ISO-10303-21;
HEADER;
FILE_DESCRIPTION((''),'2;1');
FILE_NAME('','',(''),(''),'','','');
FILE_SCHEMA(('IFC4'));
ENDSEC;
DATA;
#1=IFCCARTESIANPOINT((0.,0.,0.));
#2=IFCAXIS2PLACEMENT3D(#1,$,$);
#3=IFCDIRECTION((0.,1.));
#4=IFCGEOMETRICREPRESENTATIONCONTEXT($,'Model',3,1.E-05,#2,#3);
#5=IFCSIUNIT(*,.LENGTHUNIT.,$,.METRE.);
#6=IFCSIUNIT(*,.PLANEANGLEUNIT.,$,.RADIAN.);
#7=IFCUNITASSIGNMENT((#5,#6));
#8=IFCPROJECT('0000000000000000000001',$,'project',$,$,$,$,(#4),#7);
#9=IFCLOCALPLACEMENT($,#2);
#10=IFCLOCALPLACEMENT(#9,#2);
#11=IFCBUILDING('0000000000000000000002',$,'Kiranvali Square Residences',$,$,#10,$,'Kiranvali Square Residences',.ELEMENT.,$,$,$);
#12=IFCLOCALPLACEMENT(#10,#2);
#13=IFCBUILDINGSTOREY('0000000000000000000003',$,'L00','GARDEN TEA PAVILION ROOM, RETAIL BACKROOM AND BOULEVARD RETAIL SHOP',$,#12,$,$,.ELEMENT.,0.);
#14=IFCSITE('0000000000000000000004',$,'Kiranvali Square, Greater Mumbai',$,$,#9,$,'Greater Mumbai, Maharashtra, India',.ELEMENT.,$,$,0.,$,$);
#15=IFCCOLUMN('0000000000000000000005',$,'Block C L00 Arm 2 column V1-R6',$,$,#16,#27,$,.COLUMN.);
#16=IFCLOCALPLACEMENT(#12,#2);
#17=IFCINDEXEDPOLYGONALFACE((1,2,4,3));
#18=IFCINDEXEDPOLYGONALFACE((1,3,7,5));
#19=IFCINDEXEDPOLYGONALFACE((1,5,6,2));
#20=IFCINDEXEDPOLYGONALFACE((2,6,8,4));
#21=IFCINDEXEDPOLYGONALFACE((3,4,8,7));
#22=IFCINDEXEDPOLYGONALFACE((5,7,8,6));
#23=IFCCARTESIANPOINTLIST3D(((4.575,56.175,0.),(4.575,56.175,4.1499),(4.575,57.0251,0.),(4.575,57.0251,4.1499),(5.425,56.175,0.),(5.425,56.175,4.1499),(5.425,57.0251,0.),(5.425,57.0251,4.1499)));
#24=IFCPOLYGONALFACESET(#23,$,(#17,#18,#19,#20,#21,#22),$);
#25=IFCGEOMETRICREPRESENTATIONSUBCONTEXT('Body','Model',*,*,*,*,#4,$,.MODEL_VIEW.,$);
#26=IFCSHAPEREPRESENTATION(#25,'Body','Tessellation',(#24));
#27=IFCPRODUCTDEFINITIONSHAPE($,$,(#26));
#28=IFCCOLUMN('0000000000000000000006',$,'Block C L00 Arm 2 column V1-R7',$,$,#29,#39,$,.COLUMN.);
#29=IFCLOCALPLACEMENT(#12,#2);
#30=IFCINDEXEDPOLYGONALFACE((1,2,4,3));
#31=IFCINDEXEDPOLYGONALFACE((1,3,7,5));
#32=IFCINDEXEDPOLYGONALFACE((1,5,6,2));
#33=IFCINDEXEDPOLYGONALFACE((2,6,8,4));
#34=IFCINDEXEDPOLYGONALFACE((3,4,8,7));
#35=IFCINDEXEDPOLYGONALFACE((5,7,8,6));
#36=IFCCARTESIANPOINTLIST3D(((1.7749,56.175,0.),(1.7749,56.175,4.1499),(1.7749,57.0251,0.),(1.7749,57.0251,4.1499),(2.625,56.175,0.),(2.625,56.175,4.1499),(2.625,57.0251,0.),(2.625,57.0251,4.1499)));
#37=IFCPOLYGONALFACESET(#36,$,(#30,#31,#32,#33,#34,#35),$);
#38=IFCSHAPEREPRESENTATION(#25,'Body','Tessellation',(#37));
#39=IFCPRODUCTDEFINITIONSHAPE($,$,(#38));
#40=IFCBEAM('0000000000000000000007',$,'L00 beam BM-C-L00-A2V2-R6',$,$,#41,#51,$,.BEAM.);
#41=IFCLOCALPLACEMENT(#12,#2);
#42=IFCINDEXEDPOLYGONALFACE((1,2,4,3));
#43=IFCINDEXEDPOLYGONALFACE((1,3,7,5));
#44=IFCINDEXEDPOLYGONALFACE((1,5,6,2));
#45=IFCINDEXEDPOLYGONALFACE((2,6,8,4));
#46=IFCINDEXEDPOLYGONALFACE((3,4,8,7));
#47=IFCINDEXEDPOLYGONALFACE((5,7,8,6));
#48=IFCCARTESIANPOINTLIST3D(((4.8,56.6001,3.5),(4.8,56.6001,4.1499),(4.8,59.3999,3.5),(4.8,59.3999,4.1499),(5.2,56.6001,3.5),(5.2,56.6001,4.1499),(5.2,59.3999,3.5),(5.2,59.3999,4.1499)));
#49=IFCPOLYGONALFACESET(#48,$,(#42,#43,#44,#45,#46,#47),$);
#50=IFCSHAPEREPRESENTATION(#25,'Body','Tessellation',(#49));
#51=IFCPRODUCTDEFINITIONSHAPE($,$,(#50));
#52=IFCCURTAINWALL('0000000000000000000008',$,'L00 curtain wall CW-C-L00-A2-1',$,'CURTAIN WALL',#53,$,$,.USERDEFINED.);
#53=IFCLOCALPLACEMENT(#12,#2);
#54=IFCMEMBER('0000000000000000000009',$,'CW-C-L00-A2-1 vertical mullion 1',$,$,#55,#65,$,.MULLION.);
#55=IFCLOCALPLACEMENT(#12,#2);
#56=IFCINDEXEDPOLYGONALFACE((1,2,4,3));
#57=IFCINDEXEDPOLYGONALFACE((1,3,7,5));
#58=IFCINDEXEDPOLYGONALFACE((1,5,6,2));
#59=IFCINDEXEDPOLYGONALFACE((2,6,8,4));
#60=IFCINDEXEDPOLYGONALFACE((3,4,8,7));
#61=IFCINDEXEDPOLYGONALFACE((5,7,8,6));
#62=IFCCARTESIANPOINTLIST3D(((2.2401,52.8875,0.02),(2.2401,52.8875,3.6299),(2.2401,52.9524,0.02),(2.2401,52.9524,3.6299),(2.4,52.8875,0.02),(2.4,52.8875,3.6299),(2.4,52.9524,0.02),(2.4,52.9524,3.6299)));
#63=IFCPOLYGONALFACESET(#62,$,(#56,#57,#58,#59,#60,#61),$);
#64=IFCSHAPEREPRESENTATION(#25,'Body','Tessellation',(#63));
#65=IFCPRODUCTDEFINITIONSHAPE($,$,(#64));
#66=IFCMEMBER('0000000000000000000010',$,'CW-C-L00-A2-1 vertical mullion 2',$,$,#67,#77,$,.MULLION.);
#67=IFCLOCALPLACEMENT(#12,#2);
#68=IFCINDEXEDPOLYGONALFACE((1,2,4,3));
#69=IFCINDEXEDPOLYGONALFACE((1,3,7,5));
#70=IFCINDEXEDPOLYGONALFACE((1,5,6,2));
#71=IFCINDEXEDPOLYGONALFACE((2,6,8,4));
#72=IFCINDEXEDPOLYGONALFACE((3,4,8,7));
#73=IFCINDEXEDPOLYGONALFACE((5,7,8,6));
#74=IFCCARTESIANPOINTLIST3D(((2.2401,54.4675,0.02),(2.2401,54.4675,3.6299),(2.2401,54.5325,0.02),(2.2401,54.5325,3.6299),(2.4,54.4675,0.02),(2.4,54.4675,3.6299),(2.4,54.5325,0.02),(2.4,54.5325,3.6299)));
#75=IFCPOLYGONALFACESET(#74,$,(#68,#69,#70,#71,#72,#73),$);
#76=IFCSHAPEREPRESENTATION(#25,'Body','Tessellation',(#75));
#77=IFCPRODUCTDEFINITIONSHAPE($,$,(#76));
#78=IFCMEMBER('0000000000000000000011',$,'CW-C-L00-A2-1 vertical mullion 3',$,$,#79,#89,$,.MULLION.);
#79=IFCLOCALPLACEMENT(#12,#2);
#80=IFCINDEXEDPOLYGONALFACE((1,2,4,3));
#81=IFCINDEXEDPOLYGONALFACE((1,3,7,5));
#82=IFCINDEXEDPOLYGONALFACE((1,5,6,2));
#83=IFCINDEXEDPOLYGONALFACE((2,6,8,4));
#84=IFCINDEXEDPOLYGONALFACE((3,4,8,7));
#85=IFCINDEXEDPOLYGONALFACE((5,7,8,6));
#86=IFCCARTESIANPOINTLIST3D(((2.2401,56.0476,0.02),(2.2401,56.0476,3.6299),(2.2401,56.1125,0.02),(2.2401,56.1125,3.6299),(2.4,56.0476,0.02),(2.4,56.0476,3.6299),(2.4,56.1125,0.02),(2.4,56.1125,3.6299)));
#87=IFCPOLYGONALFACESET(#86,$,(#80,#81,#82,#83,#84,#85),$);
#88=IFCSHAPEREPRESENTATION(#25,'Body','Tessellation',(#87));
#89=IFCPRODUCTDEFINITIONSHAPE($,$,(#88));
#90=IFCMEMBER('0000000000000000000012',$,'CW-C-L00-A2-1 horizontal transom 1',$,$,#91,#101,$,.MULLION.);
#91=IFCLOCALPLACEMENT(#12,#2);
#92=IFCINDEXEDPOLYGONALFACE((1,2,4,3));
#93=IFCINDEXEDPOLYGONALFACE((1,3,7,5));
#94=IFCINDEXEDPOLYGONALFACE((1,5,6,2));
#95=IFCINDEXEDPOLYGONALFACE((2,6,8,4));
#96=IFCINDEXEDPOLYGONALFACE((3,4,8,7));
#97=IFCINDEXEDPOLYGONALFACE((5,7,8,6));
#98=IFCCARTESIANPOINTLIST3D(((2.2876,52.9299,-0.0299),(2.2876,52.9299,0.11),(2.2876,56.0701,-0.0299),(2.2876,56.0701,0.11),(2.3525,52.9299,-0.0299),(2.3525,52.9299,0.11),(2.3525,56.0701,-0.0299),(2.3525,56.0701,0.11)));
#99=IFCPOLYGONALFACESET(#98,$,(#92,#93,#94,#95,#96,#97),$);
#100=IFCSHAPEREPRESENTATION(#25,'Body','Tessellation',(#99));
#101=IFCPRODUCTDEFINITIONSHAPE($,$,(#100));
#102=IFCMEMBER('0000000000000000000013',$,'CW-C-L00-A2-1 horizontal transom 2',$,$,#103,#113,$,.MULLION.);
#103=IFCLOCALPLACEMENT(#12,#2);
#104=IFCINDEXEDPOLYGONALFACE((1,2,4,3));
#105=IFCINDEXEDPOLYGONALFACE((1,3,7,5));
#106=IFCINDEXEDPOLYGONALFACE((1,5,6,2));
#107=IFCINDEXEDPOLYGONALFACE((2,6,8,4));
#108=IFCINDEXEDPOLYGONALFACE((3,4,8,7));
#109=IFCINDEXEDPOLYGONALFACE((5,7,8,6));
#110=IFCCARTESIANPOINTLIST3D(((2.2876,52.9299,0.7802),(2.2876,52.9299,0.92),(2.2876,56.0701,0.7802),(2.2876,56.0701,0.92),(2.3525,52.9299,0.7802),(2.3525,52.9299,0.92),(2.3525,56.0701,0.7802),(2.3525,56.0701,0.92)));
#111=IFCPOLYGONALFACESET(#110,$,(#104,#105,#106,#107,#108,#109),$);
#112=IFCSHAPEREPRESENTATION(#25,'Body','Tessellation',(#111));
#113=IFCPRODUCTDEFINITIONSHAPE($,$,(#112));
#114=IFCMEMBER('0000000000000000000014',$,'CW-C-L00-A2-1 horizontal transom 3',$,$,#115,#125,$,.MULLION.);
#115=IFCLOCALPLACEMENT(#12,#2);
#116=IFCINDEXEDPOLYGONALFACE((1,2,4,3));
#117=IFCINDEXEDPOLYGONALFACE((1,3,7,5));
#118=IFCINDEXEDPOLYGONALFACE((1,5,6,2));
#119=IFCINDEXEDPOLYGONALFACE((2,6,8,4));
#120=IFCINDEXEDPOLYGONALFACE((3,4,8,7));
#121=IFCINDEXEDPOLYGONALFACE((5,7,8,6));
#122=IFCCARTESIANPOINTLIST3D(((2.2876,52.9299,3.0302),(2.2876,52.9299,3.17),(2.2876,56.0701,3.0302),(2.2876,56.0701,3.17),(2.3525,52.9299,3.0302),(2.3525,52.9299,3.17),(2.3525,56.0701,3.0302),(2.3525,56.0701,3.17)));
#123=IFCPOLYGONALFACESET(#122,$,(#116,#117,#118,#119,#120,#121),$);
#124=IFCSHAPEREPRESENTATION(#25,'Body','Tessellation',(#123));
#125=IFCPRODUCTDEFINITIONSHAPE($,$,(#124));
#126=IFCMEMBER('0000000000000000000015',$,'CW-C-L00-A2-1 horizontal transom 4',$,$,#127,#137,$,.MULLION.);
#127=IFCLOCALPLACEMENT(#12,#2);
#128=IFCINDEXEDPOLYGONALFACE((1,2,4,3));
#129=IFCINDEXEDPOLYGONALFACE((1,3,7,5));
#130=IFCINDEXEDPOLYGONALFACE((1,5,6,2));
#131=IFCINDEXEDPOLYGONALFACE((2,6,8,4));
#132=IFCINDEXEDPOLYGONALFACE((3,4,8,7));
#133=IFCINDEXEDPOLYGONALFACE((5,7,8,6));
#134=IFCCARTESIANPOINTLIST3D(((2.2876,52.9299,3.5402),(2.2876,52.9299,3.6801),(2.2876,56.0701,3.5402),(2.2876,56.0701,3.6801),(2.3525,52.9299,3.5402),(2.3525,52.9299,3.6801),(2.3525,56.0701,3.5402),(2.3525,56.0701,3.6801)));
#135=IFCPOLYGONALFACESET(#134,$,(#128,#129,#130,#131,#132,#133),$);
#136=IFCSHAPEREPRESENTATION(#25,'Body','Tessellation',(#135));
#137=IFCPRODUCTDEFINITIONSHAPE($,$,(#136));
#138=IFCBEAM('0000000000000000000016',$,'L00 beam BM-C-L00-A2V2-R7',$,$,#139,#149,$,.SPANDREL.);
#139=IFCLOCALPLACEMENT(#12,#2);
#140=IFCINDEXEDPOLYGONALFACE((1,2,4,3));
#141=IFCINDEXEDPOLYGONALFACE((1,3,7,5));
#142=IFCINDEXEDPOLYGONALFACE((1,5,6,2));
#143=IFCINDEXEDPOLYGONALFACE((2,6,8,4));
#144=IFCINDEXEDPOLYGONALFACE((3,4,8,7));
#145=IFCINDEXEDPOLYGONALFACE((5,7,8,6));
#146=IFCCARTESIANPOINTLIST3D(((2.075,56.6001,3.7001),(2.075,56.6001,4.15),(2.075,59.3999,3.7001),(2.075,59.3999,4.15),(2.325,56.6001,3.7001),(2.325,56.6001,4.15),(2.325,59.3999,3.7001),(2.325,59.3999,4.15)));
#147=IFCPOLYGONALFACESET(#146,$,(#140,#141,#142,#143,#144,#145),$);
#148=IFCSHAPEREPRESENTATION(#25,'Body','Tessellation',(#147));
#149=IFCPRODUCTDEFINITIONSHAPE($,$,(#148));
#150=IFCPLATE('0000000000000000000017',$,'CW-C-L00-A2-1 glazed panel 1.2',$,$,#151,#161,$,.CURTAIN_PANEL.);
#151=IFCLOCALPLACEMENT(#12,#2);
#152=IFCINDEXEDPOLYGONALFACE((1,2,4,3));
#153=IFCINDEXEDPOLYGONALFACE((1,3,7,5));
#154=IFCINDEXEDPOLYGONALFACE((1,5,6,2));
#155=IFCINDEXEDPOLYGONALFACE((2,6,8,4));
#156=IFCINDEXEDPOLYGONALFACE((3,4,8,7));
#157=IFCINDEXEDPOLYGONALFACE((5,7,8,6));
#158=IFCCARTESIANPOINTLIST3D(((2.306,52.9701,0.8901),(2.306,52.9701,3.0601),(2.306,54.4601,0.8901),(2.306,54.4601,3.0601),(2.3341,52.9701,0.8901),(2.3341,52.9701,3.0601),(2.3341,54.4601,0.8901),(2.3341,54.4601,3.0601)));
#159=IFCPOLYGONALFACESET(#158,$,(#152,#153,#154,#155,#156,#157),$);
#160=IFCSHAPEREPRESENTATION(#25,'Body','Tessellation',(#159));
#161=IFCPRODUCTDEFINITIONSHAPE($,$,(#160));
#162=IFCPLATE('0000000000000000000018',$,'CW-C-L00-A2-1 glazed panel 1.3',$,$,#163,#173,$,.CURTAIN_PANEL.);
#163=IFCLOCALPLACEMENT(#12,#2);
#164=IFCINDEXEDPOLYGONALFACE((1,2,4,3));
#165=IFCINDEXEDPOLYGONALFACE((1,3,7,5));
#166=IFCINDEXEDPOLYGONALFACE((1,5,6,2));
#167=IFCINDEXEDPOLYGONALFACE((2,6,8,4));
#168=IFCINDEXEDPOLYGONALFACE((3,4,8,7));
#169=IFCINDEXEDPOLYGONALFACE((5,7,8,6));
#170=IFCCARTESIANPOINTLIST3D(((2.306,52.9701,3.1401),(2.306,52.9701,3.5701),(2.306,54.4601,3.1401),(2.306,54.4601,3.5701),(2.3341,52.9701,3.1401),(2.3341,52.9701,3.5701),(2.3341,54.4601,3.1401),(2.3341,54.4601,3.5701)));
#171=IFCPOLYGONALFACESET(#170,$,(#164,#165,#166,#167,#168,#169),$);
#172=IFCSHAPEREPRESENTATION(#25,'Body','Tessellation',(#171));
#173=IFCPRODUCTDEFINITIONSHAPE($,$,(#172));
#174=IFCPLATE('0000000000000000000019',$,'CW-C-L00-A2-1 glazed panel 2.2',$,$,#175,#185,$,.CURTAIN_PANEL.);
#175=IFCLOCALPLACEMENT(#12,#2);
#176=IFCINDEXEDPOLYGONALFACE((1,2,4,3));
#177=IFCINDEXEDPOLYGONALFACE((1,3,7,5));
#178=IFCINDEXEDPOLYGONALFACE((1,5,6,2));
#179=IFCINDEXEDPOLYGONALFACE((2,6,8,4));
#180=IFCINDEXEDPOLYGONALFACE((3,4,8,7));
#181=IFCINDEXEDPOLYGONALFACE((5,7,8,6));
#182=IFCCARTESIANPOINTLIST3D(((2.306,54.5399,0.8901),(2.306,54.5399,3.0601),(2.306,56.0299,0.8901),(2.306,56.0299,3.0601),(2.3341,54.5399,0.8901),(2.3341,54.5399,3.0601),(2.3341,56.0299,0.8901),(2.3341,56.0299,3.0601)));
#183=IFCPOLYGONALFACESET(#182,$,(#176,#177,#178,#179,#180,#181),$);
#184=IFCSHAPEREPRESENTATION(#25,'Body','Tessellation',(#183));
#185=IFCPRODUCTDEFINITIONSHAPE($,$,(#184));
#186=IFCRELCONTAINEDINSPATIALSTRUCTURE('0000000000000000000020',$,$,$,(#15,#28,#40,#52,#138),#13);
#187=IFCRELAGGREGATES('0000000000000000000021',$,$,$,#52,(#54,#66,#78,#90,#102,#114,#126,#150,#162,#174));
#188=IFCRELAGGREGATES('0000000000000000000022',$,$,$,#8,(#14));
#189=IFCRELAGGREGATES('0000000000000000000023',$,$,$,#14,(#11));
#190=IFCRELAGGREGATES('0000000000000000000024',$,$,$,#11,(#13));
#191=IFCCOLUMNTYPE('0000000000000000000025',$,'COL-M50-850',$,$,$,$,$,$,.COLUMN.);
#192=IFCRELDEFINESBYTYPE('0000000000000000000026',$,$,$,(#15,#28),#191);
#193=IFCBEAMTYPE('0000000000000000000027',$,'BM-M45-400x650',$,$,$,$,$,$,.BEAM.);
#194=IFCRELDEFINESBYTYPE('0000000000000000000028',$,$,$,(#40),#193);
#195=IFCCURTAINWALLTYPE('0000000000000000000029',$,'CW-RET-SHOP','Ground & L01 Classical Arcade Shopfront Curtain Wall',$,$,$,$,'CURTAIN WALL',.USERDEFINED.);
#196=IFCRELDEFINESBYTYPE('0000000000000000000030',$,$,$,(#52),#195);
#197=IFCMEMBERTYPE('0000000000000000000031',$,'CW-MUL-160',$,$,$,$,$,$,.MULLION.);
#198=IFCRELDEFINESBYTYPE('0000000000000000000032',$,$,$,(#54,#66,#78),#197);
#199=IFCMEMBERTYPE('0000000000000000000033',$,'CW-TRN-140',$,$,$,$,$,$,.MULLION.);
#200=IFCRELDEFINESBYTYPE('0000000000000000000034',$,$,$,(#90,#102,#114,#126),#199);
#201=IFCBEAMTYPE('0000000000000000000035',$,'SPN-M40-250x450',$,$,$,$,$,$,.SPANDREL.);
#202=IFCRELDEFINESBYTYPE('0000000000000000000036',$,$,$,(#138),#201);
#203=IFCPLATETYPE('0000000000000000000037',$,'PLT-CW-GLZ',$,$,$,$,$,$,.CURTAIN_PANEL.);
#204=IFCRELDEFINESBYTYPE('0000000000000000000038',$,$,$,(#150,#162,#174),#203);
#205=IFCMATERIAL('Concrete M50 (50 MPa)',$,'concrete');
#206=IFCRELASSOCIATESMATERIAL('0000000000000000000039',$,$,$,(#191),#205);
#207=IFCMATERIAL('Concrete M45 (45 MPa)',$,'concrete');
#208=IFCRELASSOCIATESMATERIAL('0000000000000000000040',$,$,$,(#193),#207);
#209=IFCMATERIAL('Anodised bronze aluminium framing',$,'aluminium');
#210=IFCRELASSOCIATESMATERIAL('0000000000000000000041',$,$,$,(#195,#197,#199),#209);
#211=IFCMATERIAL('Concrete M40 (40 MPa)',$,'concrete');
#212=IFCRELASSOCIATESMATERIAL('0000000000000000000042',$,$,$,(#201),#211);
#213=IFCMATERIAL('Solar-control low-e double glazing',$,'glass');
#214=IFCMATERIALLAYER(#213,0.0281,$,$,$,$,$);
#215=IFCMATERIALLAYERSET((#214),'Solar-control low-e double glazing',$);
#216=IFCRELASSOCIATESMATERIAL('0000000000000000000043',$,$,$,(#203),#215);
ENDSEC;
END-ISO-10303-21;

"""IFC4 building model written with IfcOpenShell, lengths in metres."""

from ifc_helpers import new_model, si_unit, direction, frame, origin, origin_2d, place, context, subcontext, project, spatial, rectangle, extrude, material, layer, layer_set, material_profile, profile_set, type_object, element, aggregate, save


model = new_model("IFC4")

# Units and contexts
model_context = context("Model", 3, precision=1e-05, world=origin(), true_north=direction((0.0, 1.0)))
body_context = subcontext(model_context, "Body", "Model", "MODEL_VIEW")
ifc_project = project(units=[si_unit("LENGTHUNIT", "METRE"), si_unit("PLANEANGLEUNIT", "RADIAN")], contexts=[model_context])

# Site, building, storey
site_placement = place(None, origin())
site = spatial("IfcSite", under=ifc_project, at=site_placement, Name="Kiranvali Square, Greater Mumbai", LongName="Greater Mumbai, Maharashtra, India", CompositionType="ELEMENT", RefElevation=0.0)
building_placement = place(site_placement, origin())
building = spatial("IfcBuilding", under=site, at=building_placement, Name="Kiranvali Square Residences", LongName="Kiranvali Square Residences", CompositionType="ELEMENT")
storey_placement = place(building_placement, origin())
storey = spatial("IfcBuildingStorey", under=building, at=storey_placement, Name="L00", Description="GARDEN TEA PAVILION ROOM, RETAIL BACKROOM AND BOULEVARD RETAIL SHOP", CompositionType="ELEMENT", Elevation=0.0)

# Columns
ifc_material_1 = material(Name="Concrete M50 (50 MPa)", Category="concrete")
ifc_material_profile_1 = material_profile(ifc_material_1, rectangle(XDim=0.8501, YDim=0.8501, at=origin_2d()), Name="RC 850x850")
ifc_profile_set_1 = profile_set([ifc_material_profile_1], Name="Concrete M50 (50 MPa)")
column_type = type_object("IfcColumnType", Name="COL-M50-850", PredefinedType="COLUMN", material=ifc_profile_set_1)
for number, where, z_axis, x_axis, name in (
    (1, (5.0, 56.6001, 0.0), (0.0, 0.0, 1.0), (1.0, 0.0, 0.0), "Block C L00 Arm 2 column V1-R6"),
    (2, (2.2, 56.6001, 0.0), (0.0, 0.0, 1.0), (1.0, 0.0, 0.0), "Block C L00 Arm 2 column V1-R7"),
):
    element("IfcColumn", number, at=place(storey_placement, frame(where, z_axis=z_axis, x_axis=x_axis)), inside=storey, type_object=column_type, Name=name, PredefinedType="COLUMN", context=body_context, shape_type="SweptSolid", body=[
        extrude(rectangle(XDim=0.8501, YDim=0.8501, at=origin_2d()), origin(), (0.0, 0.0, 1.0), 4.1499),
    ])

# Beam
ifc_material_2 = material(Name="Concrete M45 (45 MPa)", Category="concrete")
ifc_material_profile_2 = material_profile(ifc_material_2, rectangle(XDim=0.3999, YDim=0.6499, at=origin_2d()), Name="RC 400x650")
ifc_profile_set_2 = profile_set([ifc_material_profile_2], Name="Concrete M45 (45 MPa)")
beam_type_1 = type_object("IfcBeamType", Name="BM-M45-400x650", PredefinedType="BEAM", material=ifc_profile_set_2)
beam_1_placement = place(storey_placement, frame((5.0, 56.6001, 3.825), z_axis=(0.0, 1.0, 0.0), x_axis=(-1.0, 0.0, 0.0)))
element("IfcBeam", 3, at=beam_1_placement, inside=storey, type_object=beam_type_1, Name="L00 beam BM-C-L00-A2V2-R6", PredefinedType="BEAM", context=body_context, shape_type="SweptSolid", body=[
    extrude(rectangle(XDim=0.3999, YDim=0.6499, at=origin_2d()), origin(), (0.0, 0.0, 1.0), 2.7998),
])

# Curtain wall, members
ifc_material_3 = material(Name="Anodised bronze aluminium framing", Category="aluminium")
curtain_wall_type = type_object("IfcCurtainWallType", Name="CW-RET-SHOP", Description="Ground & L01 Classical Arcade Shopfront Curtain Wall", ElementType="CURTAIN WALL", PredefinedType="USERDEFINED", material=ifc_material_3)
curtain_wall_placement = place(storey_placement, origin())
curtain_wall = element("IfcCurtainWall", 4, at=curtain_wall_placement, inside=storey, type_object=curtain_wall_type, Name="L00 curtain wall CW-C-L00-A2-1", ObjectType="CURTAIN WALL", PredefinedType="USERDEFINED")
ifc_material_profile_3 = material_profile(ifc_material_3, rectangle(XDim=0.0649, YDim=0.1599, at=origin_2d()), Name="ALU 65x160")
ifc_profile_set_3 = profile_set([ifc_material_profile_3], Name="Anodised bronze aluminium framing")
member_type_1 = type_object("IfcMemberType", Name="CW-MUL-160", PredefinedType="MULLION", material=ifc_profile_set_3)
member_1_placement = place(storey_placement, frame((2.3201, 52.9199, 0.02), z_axis=(0.0, 0.0, 1.0), x_axis=(0.0, 1.0, 0.0)))
member_1 = element("IfcMember", 5, at=member_1_placement, type_object=member_type_1, Name="CW-C-L00-A2-1 vertical mullion 1", PredefinedType="MULLION", context=body_context, shape_type="SweptSolid", body=[
    extrude(rectangle(XDim=0.0649, YDim=0.1599, at=origin_2d()), origin(), (0.0, 0.0, 1.0), 3.6099),
])
member_2_placement = place(storey_placement, frame((2.3201, 54.5, 0.02), z_axis=(0.0, 0.0, 1.0), x_axis=(0.0, 1.0, 0.0)))
member_2 = element("IfcMember", 6, at=member_2_placement, type_object=member_type_1, Name="CW-C-L00-A2-1 vertical mullion 2", PredefinedType="MULLION", context=body_context, shape_type="SweptSolid", body=[
    extrude(rectangle(XDim=0.0649, YDim=0.1599, at=origin_2d()), origin(), (0.0, 0.0, 1.0), 3.6099),
])
member_3_placement = place(storey_placement, frame((2.3201, 56.0801, 0.02), z_axis=(0.0, 0.0, 1.0), x_axis=(0.0, 1.0, 0.0)))
member_3 = element("IfcMember", 7, at=member_3_placement, type_object=member_type_1, Name="CW-C-L00-A2-1 vertical mullion 3", PredefinedType="MULLION", context=body_context, shape_type="SweptSolid", body=[
    extrude(rectangle(XDim=0.0649, YDim=0.1599, at=origin_2d()), origin(), (0.0, 0.0, 1.0), 3.6099),
])
ifc_material_profile_4 = material_profile(ifc_material_3, rectangle(XDim=0.0649, YDim=0.1399, at=origin_2d()), Name="ALU 65x140")
ifc_profile_set_4 = profile_set([ifc_material_profile_4], Name="Anodised bronze aluminium framing")
member_type_2 = type_object("IfcMemberType", Name="CW-TRN-140", PredefinedType="MULLION", material=ifc_profile_set_4)
member_4_placement = place(storey_placement, frame((2.3201, 52.9299, 0.04), z_axis=(0.0, 1.0, 0.0), x_axis=(-1.0, 0.0, 0.0)))
member_4 = element("IfcMember", 8, at=member_4_placement, type_object=member_type_2, Name="CW-C-L00-A2-1 horizontal transom 1", PredefinedType="MULLION", context=body_context, shape_type="SweptSolid", body=[
    extrude(rectangle(XDim=0.0649, YDim=0.1399, at=origin_2d()), origin(), (0.0, 0.0, 1.0), 3.1401),
])
member_5_placement = place(storey_placement, frame((2.3201, 52.9299, 0.8501), z_axis=(0.0, 1.0, 0.0), x_axis=(-1.0, 0.0, 0.0)))
member_5 = element("IfcMember", 9, at=member_5_placement, type_object=member_type_2, Name="CW-C-L00-A2-1 horizontal transom 2", PredefinedType="MULLION", context=body_context, shape_type="SweptSolid", body=[
    extrude(rectangle(XDim=0.0649, YDim=0.1399, at=origin_2d()), origin(), (0.0, 0.0, 1.0), 3.1401),
])
member_6_placement = place(storey_placement, frame((2.3201, 52.9299, 3.1001), z_axis=(0.0, 1.0, 0.0), x_axis=(-1.0, 0.0, 0.0)))
member_6 = element("IfcMember", 10, at=member_6_placement, type_object=member_type_2, Name="CW-C-L00-A2-1 horizontal transom 3", PredefinedType="MULLION", context=body_context, shape_type="SweptSolid", body=[
    extrude(rectangle(XDim=0.0649, YDim=0.1399, at=origin_2d()), origin(), (0.0, 0.0, 1.0), 3.1401),
])
member_7_placement = place(storey_placement, frame((2.3201, 52.9299, 3.6101), z_axis=(0.0, 1.0, 0.0), x_axis=(-1.0, 0.0, 0.0)))
member_7 = element("IfcMember", 11, at=member_7_placement, type_object=member_type_2, Name="CW-C-L00-A2-1 horizontal transom 4", PredefinedType="MULLION", context=body_context, shape_type="SweptSolid", body=[
    extrude(rectangle(XDim=0.0649, YDim=0.1399, at=origin_2d()), origin(), (0.0, 0.0, 1.0), 3.1401),
])

# Beam
ifc_material_4 = material(Name="Concrete M40 (40 MPa)", Category="concrete")
ifc_material_profile_5 = material_profile(ifc_material_4, rectangle(XDim=0.25, YDim=0.45, at=origin_2d()), Name="RC 250x450")
ifc_profile_set_5 = profile_set([ifc_material_profile_5], Name="Concrete M40 (40 MPa)")
beam_type_2 = type_object("IfcBeamType", Name="SPN-M40-250x450", PredefinedType="SPANDREL", material=ifc_profile_set_5)
beam_2_placement = place(storey_placement, frame((2.2, 56.6001, 3.925), z_axis=(0.0, 1.0, 0.0), x_axis=(-1.0, 0.0, 0.0)))
element("IfcBeam", 12, at=beam_2_placement, inside=storey, type_object=beam_type_2, Name="L00 beam BM-C-L00-A2V2-R7", PredefinedType="SPANDREL", context=body_context, shape_type="SweptSolid", body=[
    extrude(rectangle(XDim=0.25, YDim=0.45, at=origin_2d()), origin(), (0.0, 0.0, 1.0), 2.7998),
])

# Plates
ifc_material_5 = material(Name="Solar-control low-e double glazing", Category="glass")
ifc_layer_1 = layer(ifc_material_5, 0.0281)
ifc_layer_set_1 = layer_set([ifc_layer_1], Name="Solar-control low-e double glazing")
plate_type_1 = type_object("IfcPlateType", Name="PLT-CW-GLZ", PredefinedType="CURTAIN_PANEL", material=ifc_layer_set_1)
plate_1_placement = place(storey_placement, frame((2.3201, 53.7151, 0.8901), z_axis=(0.0, 0.0, 1.0), x_axis=(0.0, 1.0, 0.0)))
plate_1 = element("IfcPlate", 13, at=plate_1_placement, type_object=plate_type_1, Name="CW-C-L00-A2-1 glazed panel 1.2", PredefinedType="CURTAIN_PANEL", context=body_context, shape_type="SweptSolid", body=[
    extrude(rectangle(XDim=1.49, YDim=0.0281, at=origin_2d()), origin(), (0.0, 0.0, 1.0), 2.1699),
])
plate_2_placement = place(storey_placement, frame((2.3201, 53.7151, 3.1401), z_axis=(0.0, 0.0, 1.0), x_axis=(0.0, 1.0, 0.0)))
plate_2 = element("IfcPlate", 14, at=plate_2_placement, type_object=plate_type_1, Name="CW-C-L00-A2-1 glazed panel 1.3", PredefinedType="CURTAIN_PANEL", context=body_context, shape_type="SweptSolid", body=[
    extrude(rectangle(XDim=1.49, YDim=0.0281, at=origin_2d()), origin(), (0.0, 0.0, 1.0), 0.4299),
])
plate_3_placement = place(storey_placement, frame((2.3201, 55.2849, 0.8901), z_axis=(0.0, 0.0, 1.0), x_axis=(0.0, 1.0, 0.0)))
plate_3 = element("IfcPlate", 15, at=plate_3_placement, type_object=plate_type_1, Name="CW-C-L00-A2-1 glazed panel 2.2", PredefinedType="CURTAIN_PANEL", context=body_context, shape_type="SweptSolid", body=[
    extrude(rectangle(XDim=1.49, YDim=0.0281, at=origin_2d()), origin(), (0.0, 0.0, 1.0), 2.1699),
])
aggregate(curtain_wall, [member_1, member_2, member_3, member_4, member_5, member_6, member_7, plate_1, plate_2, plate_3])

save(model, "model.ifc")
